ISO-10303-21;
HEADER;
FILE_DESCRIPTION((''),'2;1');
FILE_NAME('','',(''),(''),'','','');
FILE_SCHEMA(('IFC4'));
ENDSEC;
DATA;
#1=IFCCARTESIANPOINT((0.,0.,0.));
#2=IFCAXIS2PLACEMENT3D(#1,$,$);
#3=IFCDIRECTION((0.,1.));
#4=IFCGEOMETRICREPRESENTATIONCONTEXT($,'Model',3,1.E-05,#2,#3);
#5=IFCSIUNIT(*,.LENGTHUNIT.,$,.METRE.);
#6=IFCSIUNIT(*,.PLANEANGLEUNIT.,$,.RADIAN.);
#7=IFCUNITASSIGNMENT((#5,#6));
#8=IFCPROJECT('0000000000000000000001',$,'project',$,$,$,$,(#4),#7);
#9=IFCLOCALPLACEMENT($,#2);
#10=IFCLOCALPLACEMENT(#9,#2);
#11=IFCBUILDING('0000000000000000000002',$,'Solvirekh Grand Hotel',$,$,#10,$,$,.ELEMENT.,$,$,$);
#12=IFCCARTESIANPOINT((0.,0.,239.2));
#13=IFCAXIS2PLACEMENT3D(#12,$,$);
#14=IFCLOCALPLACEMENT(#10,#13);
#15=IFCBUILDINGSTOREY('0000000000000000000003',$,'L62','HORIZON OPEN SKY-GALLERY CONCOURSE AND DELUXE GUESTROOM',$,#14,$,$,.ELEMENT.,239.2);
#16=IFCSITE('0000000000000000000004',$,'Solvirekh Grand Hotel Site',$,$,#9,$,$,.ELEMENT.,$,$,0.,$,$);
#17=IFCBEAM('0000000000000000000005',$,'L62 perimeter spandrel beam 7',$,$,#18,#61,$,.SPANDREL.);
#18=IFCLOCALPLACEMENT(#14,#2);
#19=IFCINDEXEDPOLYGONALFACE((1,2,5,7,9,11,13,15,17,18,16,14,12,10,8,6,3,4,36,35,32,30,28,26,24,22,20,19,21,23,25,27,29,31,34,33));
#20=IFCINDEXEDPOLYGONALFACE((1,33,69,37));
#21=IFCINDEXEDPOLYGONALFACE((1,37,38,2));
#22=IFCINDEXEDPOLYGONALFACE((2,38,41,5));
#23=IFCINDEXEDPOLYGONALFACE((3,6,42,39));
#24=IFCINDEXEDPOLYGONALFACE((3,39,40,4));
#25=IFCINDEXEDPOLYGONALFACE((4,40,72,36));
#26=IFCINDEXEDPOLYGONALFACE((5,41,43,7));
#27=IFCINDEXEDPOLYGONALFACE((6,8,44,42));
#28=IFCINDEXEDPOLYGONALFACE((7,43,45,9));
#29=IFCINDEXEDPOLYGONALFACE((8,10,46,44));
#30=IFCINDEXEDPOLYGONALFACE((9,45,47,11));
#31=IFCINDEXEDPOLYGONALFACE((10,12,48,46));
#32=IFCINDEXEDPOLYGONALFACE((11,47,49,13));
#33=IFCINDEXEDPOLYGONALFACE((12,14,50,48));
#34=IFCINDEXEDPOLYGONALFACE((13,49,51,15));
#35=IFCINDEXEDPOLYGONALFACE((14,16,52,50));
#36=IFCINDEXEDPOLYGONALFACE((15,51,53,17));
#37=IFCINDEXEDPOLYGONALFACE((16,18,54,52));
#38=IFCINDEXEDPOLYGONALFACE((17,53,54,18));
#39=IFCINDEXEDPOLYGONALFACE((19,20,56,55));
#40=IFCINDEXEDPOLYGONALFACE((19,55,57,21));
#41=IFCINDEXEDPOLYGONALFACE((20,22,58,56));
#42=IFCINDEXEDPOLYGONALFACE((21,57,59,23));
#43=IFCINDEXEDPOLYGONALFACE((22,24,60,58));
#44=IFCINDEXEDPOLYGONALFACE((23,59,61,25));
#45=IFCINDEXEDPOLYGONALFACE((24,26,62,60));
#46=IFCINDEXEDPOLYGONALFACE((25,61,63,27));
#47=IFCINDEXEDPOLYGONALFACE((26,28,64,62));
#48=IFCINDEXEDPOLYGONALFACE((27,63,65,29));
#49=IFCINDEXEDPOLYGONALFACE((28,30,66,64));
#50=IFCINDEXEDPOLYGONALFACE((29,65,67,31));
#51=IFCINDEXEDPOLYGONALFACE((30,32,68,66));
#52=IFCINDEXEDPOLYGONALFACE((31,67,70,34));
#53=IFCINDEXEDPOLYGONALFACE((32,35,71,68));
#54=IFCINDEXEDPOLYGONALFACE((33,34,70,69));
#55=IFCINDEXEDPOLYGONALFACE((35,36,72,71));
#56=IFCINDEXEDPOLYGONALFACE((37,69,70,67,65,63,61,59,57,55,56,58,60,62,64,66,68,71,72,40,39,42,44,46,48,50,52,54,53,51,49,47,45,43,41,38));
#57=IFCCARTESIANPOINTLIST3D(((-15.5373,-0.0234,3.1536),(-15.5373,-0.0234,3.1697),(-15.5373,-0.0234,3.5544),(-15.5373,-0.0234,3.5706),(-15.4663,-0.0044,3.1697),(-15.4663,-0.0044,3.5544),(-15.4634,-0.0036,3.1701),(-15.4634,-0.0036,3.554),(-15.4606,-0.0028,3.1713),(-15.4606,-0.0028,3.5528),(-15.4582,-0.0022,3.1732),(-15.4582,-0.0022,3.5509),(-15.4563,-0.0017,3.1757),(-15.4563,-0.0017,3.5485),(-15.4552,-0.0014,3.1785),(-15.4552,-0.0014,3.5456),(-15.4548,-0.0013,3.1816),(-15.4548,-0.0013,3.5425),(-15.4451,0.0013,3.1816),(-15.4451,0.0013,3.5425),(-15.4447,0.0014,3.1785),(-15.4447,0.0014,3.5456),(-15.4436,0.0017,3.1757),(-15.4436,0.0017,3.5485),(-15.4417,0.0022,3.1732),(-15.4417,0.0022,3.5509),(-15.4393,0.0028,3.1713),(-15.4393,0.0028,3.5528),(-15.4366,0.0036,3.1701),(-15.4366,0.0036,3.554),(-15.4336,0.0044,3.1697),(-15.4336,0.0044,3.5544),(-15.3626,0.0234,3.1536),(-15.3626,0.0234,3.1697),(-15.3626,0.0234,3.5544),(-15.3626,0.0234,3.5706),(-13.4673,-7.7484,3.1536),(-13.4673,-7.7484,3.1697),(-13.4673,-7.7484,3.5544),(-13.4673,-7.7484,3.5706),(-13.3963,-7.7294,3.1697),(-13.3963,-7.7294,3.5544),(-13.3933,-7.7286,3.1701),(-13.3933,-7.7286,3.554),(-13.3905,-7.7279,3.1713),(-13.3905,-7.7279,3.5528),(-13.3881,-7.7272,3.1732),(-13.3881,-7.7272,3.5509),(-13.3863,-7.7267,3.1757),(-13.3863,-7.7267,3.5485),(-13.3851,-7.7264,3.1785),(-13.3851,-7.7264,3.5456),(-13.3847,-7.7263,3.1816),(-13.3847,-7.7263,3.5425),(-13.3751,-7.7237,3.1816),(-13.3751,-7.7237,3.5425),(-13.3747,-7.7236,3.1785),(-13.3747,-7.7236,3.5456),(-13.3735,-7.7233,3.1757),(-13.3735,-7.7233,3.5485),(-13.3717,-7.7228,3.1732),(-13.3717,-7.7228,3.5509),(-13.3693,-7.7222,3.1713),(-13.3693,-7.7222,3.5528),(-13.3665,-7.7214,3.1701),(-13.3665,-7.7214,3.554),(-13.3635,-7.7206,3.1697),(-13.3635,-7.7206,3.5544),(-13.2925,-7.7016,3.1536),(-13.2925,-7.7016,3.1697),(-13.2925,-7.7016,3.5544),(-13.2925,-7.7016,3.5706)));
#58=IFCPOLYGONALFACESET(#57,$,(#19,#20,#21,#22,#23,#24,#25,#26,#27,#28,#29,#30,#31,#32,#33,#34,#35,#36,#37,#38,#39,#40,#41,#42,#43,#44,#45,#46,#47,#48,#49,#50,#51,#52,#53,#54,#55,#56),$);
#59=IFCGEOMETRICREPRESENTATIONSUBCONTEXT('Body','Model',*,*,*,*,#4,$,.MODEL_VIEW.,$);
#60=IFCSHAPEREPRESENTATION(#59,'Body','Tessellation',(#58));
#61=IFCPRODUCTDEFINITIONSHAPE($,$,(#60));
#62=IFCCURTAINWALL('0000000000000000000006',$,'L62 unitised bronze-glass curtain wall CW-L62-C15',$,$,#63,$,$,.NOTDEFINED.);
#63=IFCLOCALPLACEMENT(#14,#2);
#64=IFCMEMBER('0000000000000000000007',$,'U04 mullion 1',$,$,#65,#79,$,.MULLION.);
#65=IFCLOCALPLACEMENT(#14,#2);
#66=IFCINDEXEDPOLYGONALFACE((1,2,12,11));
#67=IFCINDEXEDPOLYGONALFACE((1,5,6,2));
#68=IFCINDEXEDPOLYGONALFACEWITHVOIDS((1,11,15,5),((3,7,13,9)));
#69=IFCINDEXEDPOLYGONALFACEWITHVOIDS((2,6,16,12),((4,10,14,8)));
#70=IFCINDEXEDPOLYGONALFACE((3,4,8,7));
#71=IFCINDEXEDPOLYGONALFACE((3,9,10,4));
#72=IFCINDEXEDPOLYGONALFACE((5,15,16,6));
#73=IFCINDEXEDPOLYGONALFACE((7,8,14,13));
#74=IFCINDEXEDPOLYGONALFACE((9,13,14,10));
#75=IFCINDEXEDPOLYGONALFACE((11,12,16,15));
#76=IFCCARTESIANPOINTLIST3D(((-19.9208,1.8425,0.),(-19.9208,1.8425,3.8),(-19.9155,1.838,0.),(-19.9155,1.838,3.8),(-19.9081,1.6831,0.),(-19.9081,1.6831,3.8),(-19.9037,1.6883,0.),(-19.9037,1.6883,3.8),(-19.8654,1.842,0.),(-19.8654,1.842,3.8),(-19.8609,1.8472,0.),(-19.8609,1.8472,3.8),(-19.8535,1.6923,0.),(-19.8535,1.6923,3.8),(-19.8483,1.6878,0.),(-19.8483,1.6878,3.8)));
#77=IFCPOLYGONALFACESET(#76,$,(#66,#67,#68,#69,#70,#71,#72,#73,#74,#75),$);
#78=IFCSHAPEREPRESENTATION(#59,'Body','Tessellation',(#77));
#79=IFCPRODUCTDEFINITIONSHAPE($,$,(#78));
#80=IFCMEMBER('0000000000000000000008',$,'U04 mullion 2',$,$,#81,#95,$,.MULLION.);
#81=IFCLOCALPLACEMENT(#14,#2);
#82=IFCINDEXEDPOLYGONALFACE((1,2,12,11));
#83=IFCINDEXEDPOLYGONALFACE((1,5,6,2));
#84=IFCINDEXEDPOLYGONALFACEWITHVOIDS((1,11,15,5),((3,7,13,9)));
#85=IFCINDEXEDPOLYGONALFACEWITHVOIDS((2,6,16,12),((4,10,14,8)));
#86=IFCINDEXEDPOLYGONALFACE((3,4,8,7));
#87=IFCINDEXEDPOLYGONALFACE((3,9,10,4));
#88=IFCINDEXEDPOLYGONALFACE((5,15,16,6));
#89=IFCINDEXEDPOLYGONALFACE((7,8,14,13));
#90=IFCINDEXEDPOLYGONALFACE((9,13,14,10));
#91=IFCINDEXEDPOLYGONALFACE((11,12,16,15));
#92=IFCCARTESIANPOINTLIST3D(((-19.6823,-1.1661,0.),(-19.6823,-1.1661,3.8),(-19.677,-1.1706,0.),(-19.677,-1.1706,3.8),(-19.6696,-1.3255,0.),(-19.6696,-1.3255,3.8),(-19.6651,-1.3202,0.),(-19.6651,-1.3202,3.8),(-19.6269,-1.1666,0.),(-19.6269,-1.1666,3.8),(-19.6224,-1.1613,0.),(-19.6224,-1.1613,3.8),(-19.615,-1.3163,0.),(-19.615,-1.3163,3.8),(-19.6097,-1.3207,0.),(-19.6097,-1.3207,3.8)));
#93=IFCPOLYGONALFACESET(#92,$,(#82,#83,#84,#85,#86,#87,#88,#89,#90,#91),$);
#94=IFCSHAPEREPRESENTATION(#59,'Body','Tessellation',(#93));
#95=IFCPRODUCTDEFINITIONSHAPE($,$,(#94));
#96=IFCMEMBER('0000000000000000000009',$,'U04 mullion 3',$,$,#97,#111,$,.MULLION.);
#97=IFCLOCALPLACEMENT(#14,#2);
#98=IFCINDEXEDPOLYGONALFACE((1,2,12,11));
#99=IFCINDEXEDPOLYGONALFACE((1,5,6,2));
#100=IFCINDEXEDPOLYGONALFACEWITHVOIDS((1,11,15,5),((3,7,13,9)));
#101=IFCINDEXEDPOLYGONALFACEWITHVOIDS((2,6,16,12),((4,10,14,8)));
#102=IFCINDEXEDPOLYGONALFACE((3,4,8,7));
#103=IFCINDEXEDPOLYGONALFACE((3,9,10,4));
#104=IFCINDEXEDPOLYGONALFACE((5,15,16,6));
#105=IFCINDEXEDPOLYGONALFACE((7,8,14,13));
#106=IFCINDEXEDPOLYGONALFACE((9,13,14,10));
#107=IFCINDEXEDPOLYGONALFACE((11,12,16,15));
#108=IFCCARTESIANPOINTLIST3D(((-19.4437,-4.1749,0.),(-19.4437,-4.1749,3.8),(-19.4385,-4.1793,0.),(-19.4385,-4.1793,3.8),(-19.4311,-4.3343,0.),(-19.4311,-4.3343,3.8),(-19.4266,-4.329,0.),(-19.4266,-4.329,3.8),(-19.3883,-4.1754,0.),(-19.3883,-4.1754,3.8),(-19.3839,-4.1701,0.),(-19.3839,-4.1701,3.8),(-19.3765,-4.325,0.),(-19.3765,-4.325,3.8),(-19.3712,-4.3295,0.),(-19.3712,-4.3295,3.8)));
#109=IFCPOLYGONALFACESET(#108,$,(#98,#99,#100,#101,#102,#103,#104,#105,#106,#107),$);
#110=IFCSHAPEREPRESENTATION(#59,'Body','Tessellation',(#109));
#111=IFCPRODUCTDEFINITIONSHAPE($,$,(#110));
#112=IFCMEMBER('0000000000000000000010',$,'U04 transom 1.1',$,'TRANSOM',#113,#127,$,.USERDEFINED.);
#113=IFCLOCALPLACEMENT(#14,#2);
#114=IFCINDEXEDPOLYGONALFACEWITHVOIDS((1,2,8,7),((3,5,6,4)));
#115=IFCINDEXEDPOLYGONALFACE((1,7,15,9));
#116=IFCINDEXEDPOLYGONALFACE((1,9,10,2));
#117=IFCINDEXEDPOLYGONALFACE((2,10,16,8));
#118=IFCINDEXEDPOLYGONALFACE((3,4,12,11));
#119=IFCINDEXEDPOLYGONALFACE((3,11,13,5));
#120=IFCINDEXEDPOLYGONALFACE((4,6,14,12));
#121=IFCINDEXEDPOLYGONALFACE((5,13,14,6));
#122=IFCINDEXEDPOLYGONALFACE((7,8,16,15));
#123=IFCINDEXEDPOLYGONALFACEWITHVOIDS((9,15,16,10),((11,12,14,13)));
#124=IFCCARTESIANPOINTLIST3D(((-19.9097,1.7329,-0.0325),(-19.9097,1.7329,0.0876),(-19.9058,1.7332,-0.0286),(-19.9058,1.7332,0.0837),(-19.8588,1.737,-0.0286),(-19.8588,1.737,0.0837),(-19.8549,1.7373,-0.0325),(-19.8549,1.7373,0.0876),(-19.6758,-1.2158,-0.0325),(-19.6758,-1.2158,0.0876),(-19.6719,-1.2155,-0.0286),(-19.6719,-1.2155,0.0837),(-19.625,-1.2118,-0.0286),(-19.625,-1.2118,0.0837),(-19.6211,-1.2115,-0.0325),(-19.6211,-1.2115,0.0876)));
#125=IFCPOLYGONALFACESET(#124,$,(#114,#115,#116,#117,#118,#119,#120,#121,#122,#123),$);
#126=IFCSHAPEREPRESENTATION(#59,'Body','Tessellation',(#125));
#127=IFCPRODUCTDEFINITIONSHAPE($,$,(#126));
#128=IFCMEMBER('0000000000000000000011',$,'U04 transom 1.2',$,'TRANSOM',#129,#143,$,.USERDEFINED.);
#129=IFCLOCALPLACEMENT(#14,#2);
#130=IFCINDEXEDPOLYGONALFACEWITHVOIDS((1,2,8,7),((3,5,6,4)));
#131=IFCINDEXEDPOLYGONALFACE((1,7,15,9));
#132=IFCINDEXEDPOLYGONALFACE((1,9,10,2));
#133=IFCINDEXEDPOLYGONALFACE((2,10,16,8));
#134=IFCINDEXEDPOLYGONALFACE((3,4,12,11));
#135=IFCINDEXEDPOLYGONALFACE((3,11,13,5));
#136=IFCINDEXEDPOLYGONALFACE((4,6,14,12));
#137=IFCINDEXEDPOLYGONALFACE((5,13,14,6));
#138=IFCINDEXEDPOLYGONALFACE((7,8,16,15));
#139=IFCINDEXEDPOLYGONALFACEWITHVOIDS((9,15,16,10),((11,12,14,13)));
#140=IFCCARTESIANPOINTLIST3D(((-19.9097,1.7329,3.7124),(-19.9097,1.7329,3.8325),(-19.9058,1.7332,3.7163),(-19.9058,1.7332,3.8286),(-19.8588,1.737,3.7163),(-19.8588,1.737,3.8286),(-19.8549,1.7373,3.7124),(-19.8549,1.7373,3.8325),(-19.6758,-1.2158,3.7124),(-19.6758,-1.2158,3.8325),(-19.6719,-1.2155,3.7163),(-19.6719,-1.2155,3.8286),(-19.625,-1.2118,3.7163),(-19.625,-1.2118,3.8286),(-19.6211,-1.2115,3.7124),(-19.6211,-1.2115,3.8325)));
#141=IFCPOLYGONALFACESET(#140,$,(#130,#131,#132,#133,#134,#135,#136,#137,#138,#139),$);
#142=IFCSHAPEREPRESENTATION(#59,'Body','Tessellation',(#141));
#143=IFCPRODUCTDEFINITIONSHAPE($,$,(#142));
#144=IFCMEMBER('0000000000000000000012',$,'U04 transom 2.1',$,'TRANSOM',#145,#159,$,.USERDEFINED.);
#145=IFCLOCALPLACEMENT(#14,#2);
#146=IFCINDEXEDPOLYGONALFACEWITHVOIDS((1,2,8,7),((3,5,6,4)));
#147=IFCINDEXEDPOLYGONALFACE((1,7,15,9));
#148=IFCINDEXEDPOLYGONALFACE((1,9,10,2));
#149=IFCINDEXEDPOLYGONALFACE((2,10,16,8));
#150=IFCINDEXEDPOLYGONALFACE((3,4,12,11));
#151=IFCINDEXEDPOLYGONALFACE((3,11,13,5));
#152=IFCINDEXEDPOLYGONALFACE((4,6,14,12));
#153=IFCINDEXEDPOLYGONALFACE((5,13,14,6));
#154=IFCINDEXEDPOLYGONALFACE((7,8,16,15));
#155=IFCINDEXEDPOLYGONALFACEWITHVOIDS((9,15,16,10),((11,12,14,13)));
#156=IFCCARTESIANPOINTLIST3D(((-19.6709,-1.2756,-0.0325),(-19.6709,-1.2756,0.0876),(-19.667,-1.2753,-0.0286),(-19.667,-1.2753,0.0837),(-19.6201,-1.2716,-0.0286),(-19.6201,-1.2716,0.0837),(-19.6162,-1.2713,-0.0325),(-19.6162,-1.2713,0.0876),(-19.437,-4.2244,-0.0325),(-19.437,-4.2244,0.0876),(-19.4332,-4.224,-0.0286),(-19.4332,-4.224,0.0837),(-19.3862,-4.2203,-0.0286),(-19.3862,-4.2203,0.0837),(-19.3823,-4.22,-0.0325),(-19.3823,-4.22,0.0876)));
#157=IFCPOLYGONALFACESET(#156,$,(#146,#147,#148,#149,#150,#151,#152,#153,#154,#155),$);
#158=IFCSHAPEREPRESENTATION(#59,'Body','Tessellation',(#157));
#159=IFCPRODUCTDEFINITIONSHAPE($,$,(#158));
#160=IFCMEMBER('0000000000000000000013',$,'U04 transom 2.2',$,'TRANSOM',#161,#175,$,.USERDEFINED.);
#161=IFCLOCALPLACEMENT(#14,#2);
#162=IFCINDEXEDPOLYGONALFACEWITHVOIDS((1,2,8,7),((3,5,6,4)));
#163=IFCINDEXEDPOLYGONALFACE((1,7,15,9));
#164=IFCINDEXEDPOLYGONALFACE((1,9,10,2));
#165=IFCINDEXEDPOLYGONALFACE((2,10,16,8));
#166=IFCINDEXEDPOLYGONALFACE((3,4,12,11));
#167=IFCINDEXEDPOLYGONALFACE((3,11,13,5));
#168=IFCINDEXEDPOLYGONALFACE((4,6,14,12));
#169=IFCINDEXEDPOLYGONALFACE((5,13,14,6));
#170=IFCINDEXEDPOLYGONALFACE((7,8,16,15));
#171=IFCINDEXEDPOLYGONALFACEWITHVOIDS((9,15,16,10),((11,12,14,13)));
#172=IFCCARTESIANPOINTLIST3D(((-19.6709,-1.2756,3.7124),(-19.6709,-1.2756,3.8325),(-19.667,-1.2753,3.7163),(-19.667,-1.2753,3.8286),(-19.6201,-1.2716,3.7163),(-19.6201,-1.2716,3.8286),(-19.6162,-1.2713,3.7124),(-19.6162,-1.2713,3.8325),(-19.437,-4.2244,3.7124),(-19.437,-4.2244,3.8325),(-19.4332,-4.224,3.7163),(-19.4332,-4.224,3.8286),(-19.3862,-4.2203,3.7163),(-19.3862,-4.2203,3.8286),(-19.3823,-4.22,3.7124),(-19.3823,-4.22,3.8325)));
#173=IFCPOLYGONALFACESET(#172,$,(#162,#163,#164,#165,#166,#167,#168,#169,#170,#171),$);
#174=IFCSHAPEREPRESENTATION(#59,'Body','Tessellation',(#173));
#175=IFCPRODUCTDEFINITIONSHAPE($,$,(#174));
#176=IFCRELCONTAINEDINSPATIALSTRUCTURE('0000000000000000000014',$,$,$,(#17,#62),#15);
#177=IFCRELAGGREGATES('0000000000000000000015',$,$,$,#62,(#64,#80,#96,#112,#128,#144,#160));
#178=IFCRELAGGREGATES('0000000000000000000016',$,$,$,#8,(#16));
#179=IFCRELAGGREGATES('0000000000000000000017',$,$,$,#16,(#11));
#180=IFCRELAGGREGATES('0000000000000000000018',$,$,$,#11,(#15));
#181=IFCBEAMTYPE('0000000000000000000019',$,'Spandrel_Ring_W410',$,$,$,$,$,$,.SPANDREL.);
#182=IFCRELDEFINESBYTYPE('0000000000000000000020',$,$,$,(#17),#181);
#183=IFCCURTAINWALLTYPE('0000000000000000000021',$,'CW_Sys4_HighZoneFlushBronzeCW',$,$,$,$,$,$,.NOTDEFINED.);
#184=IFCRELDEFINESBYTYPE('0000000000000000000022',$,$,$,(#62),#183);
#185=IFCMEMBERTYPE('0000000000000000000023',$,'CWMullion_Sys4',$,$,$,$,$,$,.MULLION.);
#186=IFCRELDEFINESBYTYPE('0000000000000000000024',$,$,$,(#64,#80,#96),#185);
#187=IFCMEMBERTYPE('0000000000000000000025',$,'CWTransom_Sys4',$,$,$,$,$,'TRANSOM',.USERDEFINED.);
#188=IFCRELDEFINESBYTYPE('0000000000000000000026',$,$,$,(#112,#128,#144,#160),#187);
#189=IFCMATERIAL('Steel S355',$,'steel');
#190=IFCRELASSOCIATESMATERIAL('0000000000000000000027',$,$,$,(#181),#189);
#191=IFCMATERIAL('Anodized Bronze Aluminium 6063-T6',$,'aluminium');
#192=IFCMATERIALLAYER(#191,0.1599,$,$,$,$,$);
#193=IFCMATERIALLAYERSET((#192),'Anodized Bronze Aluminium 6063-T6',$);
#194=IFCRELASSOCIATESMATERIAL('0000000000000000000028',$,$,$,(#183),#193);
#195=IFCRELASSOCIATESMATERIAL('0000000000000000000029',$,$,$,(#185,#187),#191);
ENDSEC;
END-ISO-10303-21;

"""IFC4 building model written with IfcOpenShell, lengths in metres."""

from ifc_helpers import new_model, si_unit, direction, frame, origin, origin_2d, place, context, subcontext, project, spatial, hollow_rectangle, i_section, extrude, source, transform, mapped, material, layer, layer_set, material_profile, profile_set, type_object, element, aggregate, save


model = new_model("IFC4")

# Units and contexts
model_context = context("Model", 3, precision=1e-05, world=origin(), true_north=direction((0.0, 1.0)))
body_context = subcontext(model_context, "Body", "Model", "MODEL_VIEW")
ifc_project = project(units=[si_unit("LENGTHUNIT", "METRE"), si_unit("PLANEANGLEUNIT", "RADIAN")], contexts=[model_context])

# Site, building, storey
site_placement = place(None, origin())
site = spatial("IfcSite", under=ifc_project, at=site_placement, Name="Solvirekh Grand Hotel Site", CompositionType="ELEMENT", RefElevation=0.0)
building_placement = place(site_placement, origin())
building = spatial("IfcBuilding", under=site, at=building_placement, Name="Solvirekh Grand Hotel", CompositionType="ELEMENT")
storey_placement = place(building_placement, frame((0.0, 0.0, 239.2)))
storey = spatial("IfcBuildingStorey", under=building, at=storey_placement, Name="L62", Description="HORIZON OPEN SKY-GALLERY CONCOURSE AND DELUXE GUESTROOM", CompositionType="ELEMENT", Elevation=239.2)

# Beam
ifc_material_1 = material(Name="Steel S355", Category="steel")
ifc_material_profile_1 = material_profile(ifc_material_1, i_section(OverallWidth=0.1809, OverallDepth=0.417, WebThickness=0.01, FlangeThickness=0.0161, FilletRadius=0.012, at=origin_2d()), Name="W410X85")
ifc_profile_set_1 = profile_set([ifc_material_profile_1], Name="Steel S355")
beam_type_1 = type_object("IfcBeamType", Name="Spandrel_Ring_W410", PredefinedType="SPANDREL", material=ifc_profile_set_1)
beam_1_placement = place(storey_placement, frame((-15.45, 0.0, 3.3621), z_axis=(0.258835, -0.965922, 0.0), x_axis=(0.965922, 0.258835, 0.0)))
element("IfcBeam", 1, at=beam_1_placement, inside=storey, type_object=beam_type_1, Name="L62 perimeter spandrel beam 7", PredefinedType="SPANDREL", context=body_context, shape_type="SweptSolid", body=[
    extrude(i_section(OverallWidth=0.1809, OverallDepth=0.417, WebThickness=0.01, FlangeThickness=0.0161, FilletRadius=0.012, at=origin_2d()), origin(), (0.0, 0.0, 1.0), 7.9976),
])

# Curtain wall, members
ifc_material_2 = material(Name="Anodized Bronze Aluminium 6063-T6", Category="aluminium")
ifc_layer_1 = layer(ifc_material_2, 0.1599)
ifc_layer_set_1 = layer_set([ifc_layer_1], Name="Anodized Bronze Aluminium 6063-T6")
curtain_wall_type = type_object("IfcCurtainWallType", Name="CW_Sys4_HighZoneFlushBronzeCW", PredefinedType="NOTDEFINED", material=ifc_layer_set_1)
curtain_wall_placement = place(storey_placement, origin())
curtain_wall = element("IfcCurtainWall", 2, at=curtain_wall_placement, inside=storey, type_object=curtain_wall_type, Name="L62 unitised bronze-glass curtain wall CW-L62-C15", PredefinedType="NOTDEFINED")
ifc_material_profile_2 = material_profile(ifc_material_2, hollow_rectangle(XDim=0.0601, YDim=0.1599, WallThickness=0.0049, at=origin_2d()), Name="ALU RHS 160X60X5")
ifc_profile_set_2 = profile_set([ifc_material_profile_2], Name="Anodized Bronze Aluminium 6063-T6")
member_type_1 = type_object("IfcMemberType", Name="CWMullion_Sys4", PredefinedType="MULLION", material=ifc_profile_set_2)
shared_shape_1 = source(origin(), body_context, "Body", "SweptSolid", [
    extrude(hollow_rectangle(XDim=0.0601, YDim=0.1599, WallThickness=0.0049, at=origin_2d()), origin(), (0.0, 0.0, 1.0), 3.8),
])
member_1_placement = place(storey_placement, frame((-19.8845, 1.7651, 0.0), z_axis=(0.0, 0.0, 1.0), x_axis=(0.996869, 0.079067, 0.0)))
member_1 = element("IfcMember", 3, at=member_1_placement, type_object=member_type_1, Name="U04 mullion 1", PredefinedType="MULLION", context=body_context, shape_type="MappedRepresentation", body=[
    mapped(shared_shape_1, transform((0.0, 0.0, 0.0), x_axis=(1.0, 0.0, 0.0), y_axis=(0.0, 1.0, 0.0), z_axis=(0.0, 0.0, 1.0), scale=1.0)),
])
member_2_placement = place(storey_placement, frame((-19.646, -1.2434, 0.0), z_axis=(0.0, 0.0, 1.0), x_axis=(0.996869, 0.079067, 0.0)))
member_2 = element("IfcMember", 4, at=member_2_placement, type_object=member_type_1, Name="U04 mullion 2", PredefinedType="MULLION", context=body_context, shape_type="MappedRepresentation", body=[
    mapped(shared_shape_1, transform((0.0, 0.0, 0.0), x_axis=(1.0, 0.0, 0.0), y_axis=(0.0, 1.0, 0.0), z_axis=(0.0, 0.0, 1.0), scale=1.0)),
])
member_3_placement = place(storey_placement, frame((-19.4075, -4.2522, 0.0), z_axis=(0.0, 0.0, 1.0), x_axis=(0.996869, 0.079067, 0.0)))
member_3 = element("IfcMember", 5, at=member_3_placement, type_object=member_type_1, Name="U04 mullion 3", PredefinedType="MULLION", context=body_context, shape_type="MappedRepresentation", body=[
    mapped(shared_shape_1, transform((0.0, 0.0, 0.0), x_axis=(1.0, 0.0, 0.0), y_axis=(0.0, 1.0, 0.0), z_axis=(0.0, 0.0, 1.0), scale=1.0)),
])
ifc_material_profile_3 = material_profile(ifc_material_2, hollow_rectangle(XDim=0.0549, YDim=0.1201, WallThickness=0.0039, at=origin_2d()), Name="ALU RHS 120X55X4")
ifc_profile_set_3 = profile_set([ifc_material_profile_3], Name="Anodized Bronze Aluminium 6063-T6")
member_type_2 = type_object("IfcMemberType", Name="CWTransom_Sys4", ElementType="TRANSOM", PredefinedType="USERDEFINED", material=ifc_profile_set_3)
shared_shape_2 = source(origin(), body_context, "Body", "SweptSolid", [
    extrude(hollow_rectangle(XDim=0.0549, YDim=0.1201, WallThickness=0.0039, at=origin_2d()), origin(), (0.0, 0.0, 1.0), 2.958),
])
member_4_placement = place(storey_placement, frame((-19.8823, 1.7351, 0.0276), z_axis=(0.079069, -0.996869, 0.0), x_axis=(0.996869, 0.079069, 0.0)))
member_4 = element("IfcMember", 6, at=member_4_placement, type_object=member_type_2, Name="U04 transom 1.1", ObjectType="TRANSOM", PredefinedType="USERDEFINED", context=body_context, shape_type="MappedRepresentation", body=[
    mapped(shared_shape_2, transform((0.0, 0.0, 0.0), x_axis=(1.0, 0.0, 0.0), y_axis=(0.0, 1.0, 0.0), z_axis=(0.0, 0.0, 1.0), scale=1.0)),
])
member_5_placement = place(storey_placement, frame((-19.8823, 1.7351, 3.7725), z_axis=(0.079069, -0.996869, 0.0), x_axis=(0.996869, 0.079069, 0.0)))
member_5 = element("IfcMember", 7, at=member_5_placement, type_object=member_type_2, Name="U04 transom 1.2", ObjectType="TRANSOM", PredefinedType="USERDEFINED", context=body_context, shape_type="MappedRepresentation", body=[
    mapped(shared_shape_2, transform((0.0, 0.0, 0.0), x_axis=(1.0, 0.0, 0.0), y_axis=(0.0, 1.0, 0.0), z_axis=(0.0, 0.0, 1.0), scale=1.0)),
])
member_6_placement = place(storey_placement, frame((-19.6436, -1.2734, 0.0276), z_axis=(0.079069, -0.996869, 0.0), x_axis=(0.996869, 0.079069, 0.0)))
member_6 = element("IfcMember", 8, at=member_6_placement, type_object=member_type_2, Name="U04 transom 2.1", ObjectType="TRANSOM", PredefinedType="USERDEFINED", context=body_context, shape_type="MappedRepresentation", body=[
    mapped(shared_shape_2, transform((0.0, 0.0, 0.0), x_axis=(1.0, 0.0, 0.0), y_axis=(0.0, 1.0, 0.0), z_axis=(0.0, 0.0, 1.0), scale=1.0)),
])
member_7_placement = place(storey_placement, frame((-19.6436, -1.2734, 3.7725), z_axis=(0.079069, -0.996869, 0.0), x_axis=(0.996869, 0.079069, 0.0)))
member_7 = element("IfcMember", 9, at=member_7_placement, type_object=member_type_2, Name="U04 transom 2.2", ObjectType="TRANSOM", PredefinedType="USERDEFINED", context=body_context, shape_type="MappedRepresentation", body=[
    mapped(shared_shape_2, transform((0.0, 0.0, 0.0), x_axis=(1.0, 0.0, 0.0), y_axis=(0.0, 1.0, 0.0), z_axis=(0.0, 0.0, 1.0), scale=1.0)),
])

aggregate(curtain_wall, [member_1, member_2, member_3, member_4, member_5, member_6, member_7])

save(model, "model.ifc")
